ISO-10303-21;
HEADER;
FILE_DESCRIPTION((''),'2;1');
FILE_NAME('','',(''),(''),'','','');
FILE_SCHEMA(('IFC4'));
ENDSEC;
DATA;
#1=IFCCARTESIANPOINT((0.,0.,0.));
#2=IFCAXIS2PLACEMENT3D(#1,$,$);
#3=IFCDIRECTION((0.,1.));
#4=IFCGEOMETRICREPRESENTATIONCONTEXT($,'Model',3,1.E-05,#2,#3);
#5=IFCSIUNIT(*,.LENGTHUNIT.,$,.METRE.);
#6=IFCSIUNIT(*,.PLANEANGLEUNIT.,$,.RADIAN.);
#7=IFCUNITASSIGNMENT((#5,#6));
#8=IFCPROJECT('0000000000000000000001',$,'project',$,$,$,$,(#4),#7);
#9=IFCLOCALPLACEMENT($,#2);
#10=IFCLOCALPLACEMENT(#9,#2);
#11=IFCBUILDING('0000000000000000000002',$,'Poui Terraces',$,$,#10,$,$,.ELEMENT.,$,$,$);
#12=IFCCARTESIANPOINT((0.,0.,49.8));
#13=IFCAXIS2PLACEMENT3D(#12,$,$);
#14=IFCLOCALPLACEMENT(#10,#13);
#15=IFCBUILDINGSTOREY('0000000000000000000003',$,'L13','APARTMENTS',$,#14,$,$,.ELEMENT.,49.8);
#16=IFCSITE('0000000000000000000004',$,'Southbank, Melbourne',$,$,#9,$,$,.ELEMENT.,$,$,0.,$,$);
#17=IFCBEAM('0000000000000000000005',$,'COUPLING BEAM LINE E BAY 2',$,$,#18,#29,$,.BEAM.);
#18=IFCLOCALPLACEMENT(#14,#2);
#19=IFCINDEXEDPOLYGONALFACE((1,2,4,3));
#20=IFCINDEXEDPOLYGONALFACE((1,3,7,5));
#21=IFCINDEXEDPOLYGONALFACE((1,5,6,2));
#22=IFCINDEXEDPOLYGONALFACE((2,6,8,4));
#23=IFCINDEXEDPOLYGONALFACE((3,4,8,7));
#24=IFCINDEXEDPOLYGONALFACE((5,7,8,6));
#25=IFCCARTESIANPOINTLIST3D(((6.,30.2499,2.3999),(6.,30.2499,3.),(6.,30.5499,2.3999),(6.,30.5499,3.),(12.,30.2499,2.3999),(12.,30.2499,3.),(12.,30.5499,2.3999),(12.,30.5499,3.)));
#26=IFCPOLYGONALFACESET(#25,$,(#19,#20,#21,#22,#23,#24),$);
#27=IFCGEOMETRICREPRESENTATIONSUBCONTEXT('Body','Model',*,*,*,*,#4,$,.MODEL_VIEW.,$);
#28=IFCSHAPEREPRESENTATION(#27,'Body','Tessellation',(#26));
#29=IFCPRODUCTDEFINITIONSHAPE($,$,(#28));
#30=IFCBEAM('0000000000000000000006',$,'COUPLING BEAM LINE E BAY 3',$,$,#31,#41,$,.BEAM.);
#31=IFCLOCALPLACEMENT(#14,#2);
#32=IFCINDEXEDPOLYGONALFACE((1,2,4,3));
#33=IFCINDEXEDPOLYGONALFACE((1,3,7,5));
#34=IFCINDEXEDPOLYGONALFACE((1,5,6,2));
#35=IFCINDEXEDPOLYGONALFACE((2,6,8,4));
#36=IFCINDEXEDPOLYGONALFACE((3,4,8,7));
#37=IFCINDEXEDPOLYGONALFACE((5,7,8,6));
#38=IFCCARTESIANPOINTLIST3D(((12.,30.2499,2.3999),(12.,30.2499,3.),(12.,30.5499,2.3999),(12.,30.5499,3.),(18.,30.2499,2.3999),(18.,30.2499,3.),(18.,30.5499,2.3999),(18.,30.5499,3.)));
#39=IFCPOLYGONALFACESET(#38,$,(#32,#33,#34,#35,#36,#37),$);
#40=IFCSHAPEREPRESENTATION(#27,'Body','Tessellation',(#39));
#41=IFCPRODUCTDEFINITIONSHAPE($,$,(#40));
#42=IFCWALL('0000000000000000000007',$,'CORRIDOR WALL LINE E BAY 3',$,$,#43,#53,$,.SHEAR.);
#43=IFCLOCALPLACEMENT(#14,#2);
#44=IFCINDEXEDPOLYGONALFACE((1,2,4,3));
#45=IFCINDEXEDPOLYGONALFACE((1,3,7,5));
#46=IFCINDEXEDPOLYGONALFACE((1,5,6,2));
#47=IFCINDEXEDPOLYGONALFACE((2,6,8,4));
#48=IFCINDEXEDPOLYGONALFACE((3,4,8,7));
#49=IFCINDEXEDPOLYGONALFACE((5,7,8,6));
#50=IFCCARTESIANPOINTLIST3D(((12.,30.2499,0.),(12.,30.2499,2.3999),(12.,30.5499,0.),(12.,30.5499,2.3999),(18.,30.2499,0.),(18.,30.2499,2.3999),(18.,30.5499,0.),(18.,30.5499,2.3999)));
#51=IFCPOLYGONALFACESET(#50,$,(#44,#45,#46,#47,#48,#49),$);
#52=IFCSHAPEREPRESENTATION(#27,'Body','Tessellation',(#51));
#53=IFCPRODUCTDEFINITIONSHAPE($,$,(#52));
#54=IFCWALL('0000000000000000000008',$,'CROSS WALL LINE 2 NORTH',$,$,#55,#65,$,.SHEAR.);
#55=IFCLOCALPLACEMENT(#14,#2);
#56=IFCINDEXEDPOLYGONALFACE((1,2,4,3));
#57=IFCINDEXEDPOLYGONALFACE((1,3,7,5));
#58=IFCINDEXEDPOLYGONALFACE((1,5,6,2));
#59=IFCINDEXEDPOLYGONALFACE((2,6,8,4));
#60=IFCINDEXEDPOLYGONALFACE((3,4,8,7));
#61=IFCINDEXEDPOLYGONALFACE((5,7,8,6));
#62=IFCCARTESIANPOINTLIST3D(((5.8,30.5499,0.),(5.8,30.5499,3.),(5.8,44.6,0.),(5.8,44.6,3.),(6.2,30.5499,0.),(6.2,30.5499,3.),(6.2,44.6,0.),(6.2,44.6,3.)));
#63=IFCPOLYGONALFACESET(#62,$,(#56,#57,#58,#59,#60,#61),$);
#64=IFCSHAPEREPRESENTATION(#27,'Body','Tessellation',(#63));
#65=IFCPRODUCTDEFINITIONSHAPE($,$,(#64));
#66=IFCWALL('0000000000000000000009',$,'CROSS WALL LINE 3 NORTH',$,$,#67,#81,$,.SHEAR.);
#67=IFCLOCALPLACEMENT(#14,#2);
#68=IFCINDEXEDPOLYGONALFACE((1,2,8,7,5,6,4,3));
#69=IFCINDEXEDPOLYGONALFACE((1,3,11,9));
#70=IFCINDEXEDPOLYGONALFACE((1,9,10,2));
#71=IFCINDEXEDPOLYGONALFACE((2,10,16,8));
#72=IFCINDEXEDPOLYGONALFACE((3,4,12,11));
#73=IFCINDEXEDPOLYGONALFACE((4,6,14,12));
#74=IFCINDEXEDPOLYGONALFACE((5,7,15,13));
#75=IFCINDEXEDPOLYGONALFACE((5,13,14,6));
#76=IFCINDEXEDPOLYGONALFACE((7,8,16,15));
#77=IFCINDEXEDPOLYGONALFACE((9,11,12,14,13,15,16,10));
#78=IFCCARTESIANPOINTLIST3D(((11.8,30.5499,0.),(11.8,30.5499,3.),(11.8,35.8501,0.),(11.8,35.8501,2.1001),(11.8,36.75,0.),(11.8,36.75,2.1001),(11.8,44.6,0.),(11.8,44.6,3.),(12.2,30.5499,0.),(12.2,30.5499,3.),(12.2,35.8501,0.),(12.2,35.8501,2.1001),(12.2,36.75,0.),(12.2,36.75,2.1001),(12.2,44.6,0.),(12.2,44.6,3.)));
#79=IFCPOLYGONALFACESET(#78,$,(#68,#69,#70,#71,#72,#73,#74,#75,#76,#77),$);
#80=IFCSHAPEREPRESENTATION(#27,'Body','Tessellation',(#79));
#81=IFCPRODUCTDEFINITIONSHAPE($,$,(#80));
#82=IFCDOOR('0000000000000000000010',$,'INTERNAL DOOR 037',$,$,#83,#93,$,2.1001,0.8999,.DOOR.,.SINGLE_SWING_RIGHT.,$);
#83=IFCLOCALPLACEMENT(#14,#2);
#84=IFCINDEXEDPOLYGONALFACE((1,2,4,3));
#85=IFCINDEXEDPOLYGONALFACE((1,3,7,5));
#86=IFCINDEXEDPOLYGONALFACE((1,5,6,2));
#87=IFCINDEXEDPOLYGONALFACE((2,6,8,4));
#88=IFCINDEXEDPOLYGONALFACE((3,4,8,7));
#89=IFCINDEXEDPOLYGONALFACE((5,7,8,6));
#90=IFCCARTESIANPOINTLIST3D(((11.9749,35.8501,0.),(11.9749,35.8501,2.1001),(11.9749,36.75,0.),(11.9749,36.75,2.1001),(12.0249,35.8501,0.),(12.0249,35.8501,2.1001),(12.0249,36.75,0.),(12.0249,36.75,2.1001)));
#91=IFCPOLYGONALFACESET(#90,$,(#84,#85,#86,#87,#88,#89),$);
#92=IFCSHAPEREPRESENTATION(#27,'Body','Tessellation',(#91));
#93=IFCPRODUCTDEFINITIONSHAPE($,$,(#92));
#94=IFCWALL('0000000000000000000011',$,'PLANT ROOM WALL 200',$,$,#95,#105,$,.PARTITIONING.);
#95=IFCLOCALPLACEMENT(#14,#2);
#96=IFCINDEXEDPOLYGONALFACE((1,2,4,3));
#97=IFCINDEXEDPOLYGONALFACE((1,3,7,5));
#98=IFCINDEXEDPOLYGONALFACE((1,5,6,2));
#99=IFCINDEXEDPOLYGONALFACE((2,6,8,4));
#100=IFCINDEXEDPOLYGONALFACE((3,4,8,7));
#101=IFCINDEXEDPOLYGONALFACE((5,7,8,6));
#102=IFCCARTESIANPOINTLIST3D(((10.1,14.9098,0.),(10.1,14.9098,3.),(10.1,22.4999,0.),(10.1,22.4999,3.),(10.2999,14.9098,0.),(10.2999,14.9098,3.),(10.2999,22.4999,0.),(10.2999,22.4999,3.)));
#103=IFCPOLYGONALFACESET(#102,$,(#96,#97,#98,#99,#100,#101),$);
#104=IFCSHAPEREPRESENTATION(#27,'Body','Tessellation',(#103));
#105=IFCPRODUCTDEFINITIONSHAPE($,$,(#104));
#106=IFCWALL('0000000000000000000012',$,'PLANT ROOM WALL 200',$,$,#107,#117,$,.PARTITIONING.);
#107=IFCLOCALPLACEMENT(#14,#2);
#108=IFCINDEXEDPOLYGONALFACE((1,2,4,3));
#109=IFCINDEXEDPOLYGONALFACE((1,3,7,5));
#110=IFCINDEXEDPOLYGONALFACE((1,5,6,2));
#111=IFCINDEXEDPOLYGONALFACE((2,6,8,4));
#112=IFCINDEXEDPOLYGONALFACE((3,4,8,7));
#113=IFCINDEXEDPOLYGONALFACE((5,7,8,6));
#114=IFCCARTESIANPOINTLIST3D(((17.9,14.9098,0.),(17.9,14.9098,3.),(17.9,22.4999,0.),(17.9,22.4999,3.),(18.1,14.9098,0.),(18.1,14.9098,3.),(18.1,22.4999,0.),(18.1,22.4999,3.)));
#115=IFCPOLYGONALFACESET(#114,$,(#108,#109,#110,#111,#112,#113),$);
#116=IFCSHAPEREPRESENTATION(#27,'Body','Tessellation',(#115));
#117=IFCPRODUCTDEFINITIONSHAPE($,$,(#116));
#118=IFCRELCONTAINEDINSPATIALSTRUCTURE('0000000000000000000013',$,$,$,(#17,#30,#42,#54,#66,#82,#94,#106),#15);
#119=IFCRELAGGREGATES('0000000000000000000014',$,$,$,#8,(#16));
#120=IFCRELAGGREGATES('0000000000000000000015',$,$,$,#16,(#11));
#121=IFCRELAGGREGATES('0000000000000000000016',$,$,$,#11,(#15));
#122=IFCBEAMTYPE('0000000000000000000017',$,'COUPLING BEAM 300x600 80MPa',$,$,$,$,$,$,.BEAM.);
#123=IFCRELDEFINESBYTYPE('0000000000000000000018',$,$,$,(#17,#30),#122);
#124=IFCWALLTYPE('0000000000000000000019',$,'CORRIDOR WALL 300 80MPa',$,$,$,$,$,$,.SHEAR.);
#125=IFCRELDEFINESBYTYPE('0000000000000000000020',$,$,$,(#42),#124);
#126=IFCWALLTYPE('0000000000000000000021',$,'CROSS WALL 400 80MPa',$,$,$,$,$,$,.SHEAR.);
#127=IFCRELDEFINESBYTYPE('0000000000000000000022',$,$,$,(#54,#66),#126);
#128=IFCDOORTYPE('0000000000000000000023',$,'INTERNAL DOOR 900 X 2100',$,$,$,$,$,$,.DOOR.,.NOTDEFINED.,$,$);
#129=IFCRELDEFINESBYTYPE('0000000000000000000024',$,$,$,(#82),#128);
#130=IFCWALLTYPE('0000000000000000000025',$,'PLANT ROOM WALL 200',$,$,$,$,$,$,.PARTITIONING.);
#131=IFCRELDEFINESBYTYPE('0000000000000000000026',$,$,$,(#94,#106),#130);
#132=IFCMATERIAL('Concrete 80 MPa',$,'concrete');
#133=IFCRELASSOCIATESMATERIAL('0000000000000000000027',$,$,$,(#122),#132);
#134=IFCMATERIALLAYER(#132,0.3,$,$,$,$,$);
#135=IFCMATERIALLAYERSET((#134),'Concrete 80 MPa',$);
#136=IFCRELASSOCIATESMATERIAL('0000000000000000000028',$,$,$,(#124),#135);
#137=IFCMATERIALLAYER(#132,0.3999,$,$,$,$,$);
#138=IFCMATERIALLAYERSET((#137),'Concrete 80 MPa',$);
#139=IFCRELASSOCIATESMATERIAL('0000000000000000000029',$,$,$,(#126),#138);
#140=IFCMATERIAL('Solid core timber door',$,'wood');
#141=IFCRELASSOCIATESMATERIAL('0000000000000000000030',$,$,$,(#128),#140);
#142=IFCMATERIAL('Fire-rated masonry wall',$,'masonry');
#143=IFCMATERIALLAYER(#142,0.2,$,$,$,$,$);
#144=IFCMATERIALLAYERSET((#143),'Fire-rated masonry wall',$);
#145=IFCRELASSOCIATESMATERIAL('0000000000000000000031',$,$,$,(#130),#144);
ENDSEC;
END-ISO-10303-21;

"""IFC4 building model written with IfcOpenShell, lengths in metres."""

from ifc_helpers import new_model, si_unit, direction, frame, frame_2d, origin, origin_2d, place, context, subcontext, project, spatial, rectangle, extrude, source, transform, mapped, material, layer, layer_set, material_profile, profile_set, type_object, element, fill, save


model = new_model("IFC4")

# Units and contexts
model_context = context("Model", 3, precision=1e-05, world=origin(), true_north=direction((0.0, 1.0)))
body_context = subcontext(model_context, "Body", "Model", "MODEL_VIEW")
ifc_project = project(units=[si_unit("LENGTHUNIT", "METRE"), si_unit("PLANEANGLEUNIT", "RADIAN")], contexts=[model_context])

# Site, building, storey
site_placement = place(None, origin())
site = spatial("IfcSite", under=ifc_project, at=site_placement, Name="Southbank, Melbourne", CompositionType="ELEMENT", RefElevation=0.0)
building_placement = place(site_placement, origin())
building = spatial("IfcBuilding", under=site, at=building_placement, Name="Poui Terraces", CompositionType="ELEMENT")
storey_placement = place(building_placement, frame((0.0, 0.0, 49.8)))
storey = spatial("IfcBuildingStorey", under=building, at=storey_placement, Name="L13", Description="APARTMENTS", CompositionType="ELEMENT", Elevation=49.8)

# Beams
ifc_material_1 = material(Name="Concrete 80 MPa", Category="concrete")
ifc_material_profile = material_profile(ifc_material_1, rectangle(XDim=0.3, YDim=0.6001, at=origin_2d()), Name="RC 300x600")
ifc_profile_set = profile_set([ifc_material_profile], Name="Concrete 80 MPa")
beam_type = type_object("IfcBeamType", Name="COUPLING BEAM 300x600 80MPa", PredefinedType="BEAM", material=ifc_profile_set)
shared_shape = source(origin(), body_context, "Body", "SweptSolid", [
    extrude(rectangle(XDim=0.3, YDim=0.6001, at=origin_2d()), origin(), (0.0, 0.0, 1.0), 6.0),
])
for number, where, z_axis, x_axis, name in (
    (1, (6.0, 30.3999, 2.7), (1.0, 0.0, 0.0), (0.0, 1.0, 0.0), "COUPLING BEAM LINE E BAY 2"),
    (2, (12.0, 30.3999, 2.7), (1.0, 0.0, 0.0), (0.0, 1.0, 0.0), "COUPLING BEAM LINE E BAY 3"),
):
    element("IfcBeam", number, at=place(storey_placement, frame(where, z_axis=z_axis, x_axis=x_axis)), inside=storey, type_object=beam_type, Name=name, PredefinedType="BEAM", context=body_context, shape_type="MappedRepresentation", body=[
        mapped(shared_shape, transform((0.0, 0.0, 0.0))),
    ])

# Walls
ifc_layer_1 = layer(ifc_material_1, 0.3)
ifc_layer_set_1 = layer_set([ifc_layer_1], Name="Concrete 80 MPa")
wall_type_1 = type_object("IfcWallType", Name="CORRIDOR WALL 300 80MPa", PredefinedType="SHEAR", material=ifc_layer_set_1)
wall_1_placement = place(storey_placement, frame((12.0, 30.3999, 0.0), z_axis=(0.0, 0.0, 1.0), x_axis=(1.0, 0.0, 0.0)))
element("IfcWall", 3, at=wall_1_placement, inside=storey, type_object=wall_type_1, Name="CORRIDOR WALL LINE E BAY 3", PredefinedType="SHEAR", context=body_context, shape_type="SweptSolid", body=[
    extrude(rectangle(XDim=6.0, YDim=0.3, at=frame_2d((3.0, 0.0))), origin(), (0.0, 0.0, 1.0), 2.3999),
])
ifc_layer_2 = layer(ifc_material_1, 0.3999)
ifc_layer_set_2 = layer_set([ifc_layer_2], Name="Concrete 80 MPa")
wall_type_2 = type_object("IfcWallType", Name="CROSS WALL 400 80MPa", PredefinedType="SHEAR", material=ifc_layer_set_2)
wall_2_placement = place(storey_placement, frame((6.0, 30.55, 0.0), z_axis=(0.0, 0.0, 1.0), x_axis=(0.0, 1.0, 0.0)))
element("IfcWall", 4, at=wall_2_placement, inside=storey, type_object=wall_type_2, Name="CROSS WALL LINE 2 NORTH", PredefinedType="SHEAR", context=body_context, shape_type="SweptSolid", body=[
    extrude(rectangle(XDim=14.05, YDim=0.3999, at=frame_2d((7.0249, 0.0))), origin(), (0.0, 0.0, 1.0), 3.0),
])

# Wall, opening, door
wall_3_placement = place(storey_placement, frame((12.0, 30.55, 0.0), z_axis=(0.0, 0.0, 1.0), x_axis=(0.0, 1.0, 0.0)))
wall_3 = element("IfcWall", 5, at=wall_3_placement, inside=storey, type_object=wall_type_2, Name="CROSS WALL LINE 3 NORTH", PredefinedType="SHEAR", context=body_context, shape_type="SweptSolid", body=[
    extrude(rectangle(XDim=14.05, YDim=0.3999, at=frame_2d((7.0249, 0.0))), origin(), (0.0, 0.0, 1.0), 3.0),
])
opening_placement = place(wall_3_placement, frame((5.3, 0.0, 0.0)))
opening = element("IfcOpeningElement", 6, at=opening_placement, cuts=wall_3, PredefinedType="OPENING", context=body_context, shape_type="SweptSolid", body=[
    extrude(rectangle(XDim=0.8999, YDim=2.1001, at=frame_2d((0.45, 1.05))), frame((0.0, 0.21, 0.0), z_axis=(0.0, -1.0, 0.0), x_axis=(1.0, 0.0, 0.0)), (0.0, 0.0, 1.0), 0.4199),
])
ifc_material_2 = material(Name="Solid core timber door", Category="wood")
door_type = type_object("IfcDoorType", Name="INTERNAL DOOR 900 X 2100", OperationType="NOTDEFINED", PredefinedType="DOOR", material=ifc_material_2)
door_placement = place(opening_placement, frame((0.8999, 0.0, 0.0), z_axis=(0.0, 0.0, 1.0), x_axis=(-1.0, 0.0, 0.0)))
door = element("IfcDoor", 7, at=door_placement, inside=storey, type_object=door_type, Name="INTERNAL DOOR 037", OperationType="SINGLE_SWING_RIGHT", OverallHeight=2.1001, OverallWidth=0.8999, PredefinedType="DOOR", context=body_context, shape_type="SweptSolid", body=[
    extrude(rectangle(XDim=0.8999, YDim=2.1001, at=frame_2d((0.45, 1.05))), frame((0.0, 0.0249, 0.0), z_axis=(0.0, -1.0, 0.0), x_axis=(1.0, 0.0, 0.0)), (0.0, 0.0, 1.0), 0.05),
])
fill(opening, door)

# Walls
ifc_material_3 = material(Name="Fire-rated masonry wall", Category="masonry")
ifc_layer_3 = layer(ifc_material_3, 0.2)
ifc_layer_set_3 = layer_set([ifc_layer_3], Name="Fire-rated masonry wall")
wall_type_3 = type_object("IfcWallType", Name="PLANT ROOM WALL 200", PredefinedType="PARTITIONING", material=ifc_layer_set_3)
for number, where, z_axis, x_axis, name in (
    (8, (10.2, 14.9099, 0.0), (0.0, 0.0, 1.0), (0.0, 1.0, 0.0), "PLANT ROOM WALL 200"),
    (9, (18.0, 14.9099, 0.0), (0.0, 0.0, 1.0), (0.0, 1.0, 0.0), "PLANT ROOM WALL 200"),
):
    element("IfcWall", number, at=place(storey_placement, frame(where, z_axis=z_axis, x_axis=x_axis)), inside=storey, type_object=wall_type_3, Name=name, PredefinedType="PARTITIONING", context=body_context, shape_type="SweptSolid", body=[
        extrude(rectangle(XDim=7.5901, YDim=0.2, at=frame_2d((3.7949, 0.0))), origin(), (0.0, 0.0, 1.0), 3.0),
    ])

save(model, "model.ifc")
